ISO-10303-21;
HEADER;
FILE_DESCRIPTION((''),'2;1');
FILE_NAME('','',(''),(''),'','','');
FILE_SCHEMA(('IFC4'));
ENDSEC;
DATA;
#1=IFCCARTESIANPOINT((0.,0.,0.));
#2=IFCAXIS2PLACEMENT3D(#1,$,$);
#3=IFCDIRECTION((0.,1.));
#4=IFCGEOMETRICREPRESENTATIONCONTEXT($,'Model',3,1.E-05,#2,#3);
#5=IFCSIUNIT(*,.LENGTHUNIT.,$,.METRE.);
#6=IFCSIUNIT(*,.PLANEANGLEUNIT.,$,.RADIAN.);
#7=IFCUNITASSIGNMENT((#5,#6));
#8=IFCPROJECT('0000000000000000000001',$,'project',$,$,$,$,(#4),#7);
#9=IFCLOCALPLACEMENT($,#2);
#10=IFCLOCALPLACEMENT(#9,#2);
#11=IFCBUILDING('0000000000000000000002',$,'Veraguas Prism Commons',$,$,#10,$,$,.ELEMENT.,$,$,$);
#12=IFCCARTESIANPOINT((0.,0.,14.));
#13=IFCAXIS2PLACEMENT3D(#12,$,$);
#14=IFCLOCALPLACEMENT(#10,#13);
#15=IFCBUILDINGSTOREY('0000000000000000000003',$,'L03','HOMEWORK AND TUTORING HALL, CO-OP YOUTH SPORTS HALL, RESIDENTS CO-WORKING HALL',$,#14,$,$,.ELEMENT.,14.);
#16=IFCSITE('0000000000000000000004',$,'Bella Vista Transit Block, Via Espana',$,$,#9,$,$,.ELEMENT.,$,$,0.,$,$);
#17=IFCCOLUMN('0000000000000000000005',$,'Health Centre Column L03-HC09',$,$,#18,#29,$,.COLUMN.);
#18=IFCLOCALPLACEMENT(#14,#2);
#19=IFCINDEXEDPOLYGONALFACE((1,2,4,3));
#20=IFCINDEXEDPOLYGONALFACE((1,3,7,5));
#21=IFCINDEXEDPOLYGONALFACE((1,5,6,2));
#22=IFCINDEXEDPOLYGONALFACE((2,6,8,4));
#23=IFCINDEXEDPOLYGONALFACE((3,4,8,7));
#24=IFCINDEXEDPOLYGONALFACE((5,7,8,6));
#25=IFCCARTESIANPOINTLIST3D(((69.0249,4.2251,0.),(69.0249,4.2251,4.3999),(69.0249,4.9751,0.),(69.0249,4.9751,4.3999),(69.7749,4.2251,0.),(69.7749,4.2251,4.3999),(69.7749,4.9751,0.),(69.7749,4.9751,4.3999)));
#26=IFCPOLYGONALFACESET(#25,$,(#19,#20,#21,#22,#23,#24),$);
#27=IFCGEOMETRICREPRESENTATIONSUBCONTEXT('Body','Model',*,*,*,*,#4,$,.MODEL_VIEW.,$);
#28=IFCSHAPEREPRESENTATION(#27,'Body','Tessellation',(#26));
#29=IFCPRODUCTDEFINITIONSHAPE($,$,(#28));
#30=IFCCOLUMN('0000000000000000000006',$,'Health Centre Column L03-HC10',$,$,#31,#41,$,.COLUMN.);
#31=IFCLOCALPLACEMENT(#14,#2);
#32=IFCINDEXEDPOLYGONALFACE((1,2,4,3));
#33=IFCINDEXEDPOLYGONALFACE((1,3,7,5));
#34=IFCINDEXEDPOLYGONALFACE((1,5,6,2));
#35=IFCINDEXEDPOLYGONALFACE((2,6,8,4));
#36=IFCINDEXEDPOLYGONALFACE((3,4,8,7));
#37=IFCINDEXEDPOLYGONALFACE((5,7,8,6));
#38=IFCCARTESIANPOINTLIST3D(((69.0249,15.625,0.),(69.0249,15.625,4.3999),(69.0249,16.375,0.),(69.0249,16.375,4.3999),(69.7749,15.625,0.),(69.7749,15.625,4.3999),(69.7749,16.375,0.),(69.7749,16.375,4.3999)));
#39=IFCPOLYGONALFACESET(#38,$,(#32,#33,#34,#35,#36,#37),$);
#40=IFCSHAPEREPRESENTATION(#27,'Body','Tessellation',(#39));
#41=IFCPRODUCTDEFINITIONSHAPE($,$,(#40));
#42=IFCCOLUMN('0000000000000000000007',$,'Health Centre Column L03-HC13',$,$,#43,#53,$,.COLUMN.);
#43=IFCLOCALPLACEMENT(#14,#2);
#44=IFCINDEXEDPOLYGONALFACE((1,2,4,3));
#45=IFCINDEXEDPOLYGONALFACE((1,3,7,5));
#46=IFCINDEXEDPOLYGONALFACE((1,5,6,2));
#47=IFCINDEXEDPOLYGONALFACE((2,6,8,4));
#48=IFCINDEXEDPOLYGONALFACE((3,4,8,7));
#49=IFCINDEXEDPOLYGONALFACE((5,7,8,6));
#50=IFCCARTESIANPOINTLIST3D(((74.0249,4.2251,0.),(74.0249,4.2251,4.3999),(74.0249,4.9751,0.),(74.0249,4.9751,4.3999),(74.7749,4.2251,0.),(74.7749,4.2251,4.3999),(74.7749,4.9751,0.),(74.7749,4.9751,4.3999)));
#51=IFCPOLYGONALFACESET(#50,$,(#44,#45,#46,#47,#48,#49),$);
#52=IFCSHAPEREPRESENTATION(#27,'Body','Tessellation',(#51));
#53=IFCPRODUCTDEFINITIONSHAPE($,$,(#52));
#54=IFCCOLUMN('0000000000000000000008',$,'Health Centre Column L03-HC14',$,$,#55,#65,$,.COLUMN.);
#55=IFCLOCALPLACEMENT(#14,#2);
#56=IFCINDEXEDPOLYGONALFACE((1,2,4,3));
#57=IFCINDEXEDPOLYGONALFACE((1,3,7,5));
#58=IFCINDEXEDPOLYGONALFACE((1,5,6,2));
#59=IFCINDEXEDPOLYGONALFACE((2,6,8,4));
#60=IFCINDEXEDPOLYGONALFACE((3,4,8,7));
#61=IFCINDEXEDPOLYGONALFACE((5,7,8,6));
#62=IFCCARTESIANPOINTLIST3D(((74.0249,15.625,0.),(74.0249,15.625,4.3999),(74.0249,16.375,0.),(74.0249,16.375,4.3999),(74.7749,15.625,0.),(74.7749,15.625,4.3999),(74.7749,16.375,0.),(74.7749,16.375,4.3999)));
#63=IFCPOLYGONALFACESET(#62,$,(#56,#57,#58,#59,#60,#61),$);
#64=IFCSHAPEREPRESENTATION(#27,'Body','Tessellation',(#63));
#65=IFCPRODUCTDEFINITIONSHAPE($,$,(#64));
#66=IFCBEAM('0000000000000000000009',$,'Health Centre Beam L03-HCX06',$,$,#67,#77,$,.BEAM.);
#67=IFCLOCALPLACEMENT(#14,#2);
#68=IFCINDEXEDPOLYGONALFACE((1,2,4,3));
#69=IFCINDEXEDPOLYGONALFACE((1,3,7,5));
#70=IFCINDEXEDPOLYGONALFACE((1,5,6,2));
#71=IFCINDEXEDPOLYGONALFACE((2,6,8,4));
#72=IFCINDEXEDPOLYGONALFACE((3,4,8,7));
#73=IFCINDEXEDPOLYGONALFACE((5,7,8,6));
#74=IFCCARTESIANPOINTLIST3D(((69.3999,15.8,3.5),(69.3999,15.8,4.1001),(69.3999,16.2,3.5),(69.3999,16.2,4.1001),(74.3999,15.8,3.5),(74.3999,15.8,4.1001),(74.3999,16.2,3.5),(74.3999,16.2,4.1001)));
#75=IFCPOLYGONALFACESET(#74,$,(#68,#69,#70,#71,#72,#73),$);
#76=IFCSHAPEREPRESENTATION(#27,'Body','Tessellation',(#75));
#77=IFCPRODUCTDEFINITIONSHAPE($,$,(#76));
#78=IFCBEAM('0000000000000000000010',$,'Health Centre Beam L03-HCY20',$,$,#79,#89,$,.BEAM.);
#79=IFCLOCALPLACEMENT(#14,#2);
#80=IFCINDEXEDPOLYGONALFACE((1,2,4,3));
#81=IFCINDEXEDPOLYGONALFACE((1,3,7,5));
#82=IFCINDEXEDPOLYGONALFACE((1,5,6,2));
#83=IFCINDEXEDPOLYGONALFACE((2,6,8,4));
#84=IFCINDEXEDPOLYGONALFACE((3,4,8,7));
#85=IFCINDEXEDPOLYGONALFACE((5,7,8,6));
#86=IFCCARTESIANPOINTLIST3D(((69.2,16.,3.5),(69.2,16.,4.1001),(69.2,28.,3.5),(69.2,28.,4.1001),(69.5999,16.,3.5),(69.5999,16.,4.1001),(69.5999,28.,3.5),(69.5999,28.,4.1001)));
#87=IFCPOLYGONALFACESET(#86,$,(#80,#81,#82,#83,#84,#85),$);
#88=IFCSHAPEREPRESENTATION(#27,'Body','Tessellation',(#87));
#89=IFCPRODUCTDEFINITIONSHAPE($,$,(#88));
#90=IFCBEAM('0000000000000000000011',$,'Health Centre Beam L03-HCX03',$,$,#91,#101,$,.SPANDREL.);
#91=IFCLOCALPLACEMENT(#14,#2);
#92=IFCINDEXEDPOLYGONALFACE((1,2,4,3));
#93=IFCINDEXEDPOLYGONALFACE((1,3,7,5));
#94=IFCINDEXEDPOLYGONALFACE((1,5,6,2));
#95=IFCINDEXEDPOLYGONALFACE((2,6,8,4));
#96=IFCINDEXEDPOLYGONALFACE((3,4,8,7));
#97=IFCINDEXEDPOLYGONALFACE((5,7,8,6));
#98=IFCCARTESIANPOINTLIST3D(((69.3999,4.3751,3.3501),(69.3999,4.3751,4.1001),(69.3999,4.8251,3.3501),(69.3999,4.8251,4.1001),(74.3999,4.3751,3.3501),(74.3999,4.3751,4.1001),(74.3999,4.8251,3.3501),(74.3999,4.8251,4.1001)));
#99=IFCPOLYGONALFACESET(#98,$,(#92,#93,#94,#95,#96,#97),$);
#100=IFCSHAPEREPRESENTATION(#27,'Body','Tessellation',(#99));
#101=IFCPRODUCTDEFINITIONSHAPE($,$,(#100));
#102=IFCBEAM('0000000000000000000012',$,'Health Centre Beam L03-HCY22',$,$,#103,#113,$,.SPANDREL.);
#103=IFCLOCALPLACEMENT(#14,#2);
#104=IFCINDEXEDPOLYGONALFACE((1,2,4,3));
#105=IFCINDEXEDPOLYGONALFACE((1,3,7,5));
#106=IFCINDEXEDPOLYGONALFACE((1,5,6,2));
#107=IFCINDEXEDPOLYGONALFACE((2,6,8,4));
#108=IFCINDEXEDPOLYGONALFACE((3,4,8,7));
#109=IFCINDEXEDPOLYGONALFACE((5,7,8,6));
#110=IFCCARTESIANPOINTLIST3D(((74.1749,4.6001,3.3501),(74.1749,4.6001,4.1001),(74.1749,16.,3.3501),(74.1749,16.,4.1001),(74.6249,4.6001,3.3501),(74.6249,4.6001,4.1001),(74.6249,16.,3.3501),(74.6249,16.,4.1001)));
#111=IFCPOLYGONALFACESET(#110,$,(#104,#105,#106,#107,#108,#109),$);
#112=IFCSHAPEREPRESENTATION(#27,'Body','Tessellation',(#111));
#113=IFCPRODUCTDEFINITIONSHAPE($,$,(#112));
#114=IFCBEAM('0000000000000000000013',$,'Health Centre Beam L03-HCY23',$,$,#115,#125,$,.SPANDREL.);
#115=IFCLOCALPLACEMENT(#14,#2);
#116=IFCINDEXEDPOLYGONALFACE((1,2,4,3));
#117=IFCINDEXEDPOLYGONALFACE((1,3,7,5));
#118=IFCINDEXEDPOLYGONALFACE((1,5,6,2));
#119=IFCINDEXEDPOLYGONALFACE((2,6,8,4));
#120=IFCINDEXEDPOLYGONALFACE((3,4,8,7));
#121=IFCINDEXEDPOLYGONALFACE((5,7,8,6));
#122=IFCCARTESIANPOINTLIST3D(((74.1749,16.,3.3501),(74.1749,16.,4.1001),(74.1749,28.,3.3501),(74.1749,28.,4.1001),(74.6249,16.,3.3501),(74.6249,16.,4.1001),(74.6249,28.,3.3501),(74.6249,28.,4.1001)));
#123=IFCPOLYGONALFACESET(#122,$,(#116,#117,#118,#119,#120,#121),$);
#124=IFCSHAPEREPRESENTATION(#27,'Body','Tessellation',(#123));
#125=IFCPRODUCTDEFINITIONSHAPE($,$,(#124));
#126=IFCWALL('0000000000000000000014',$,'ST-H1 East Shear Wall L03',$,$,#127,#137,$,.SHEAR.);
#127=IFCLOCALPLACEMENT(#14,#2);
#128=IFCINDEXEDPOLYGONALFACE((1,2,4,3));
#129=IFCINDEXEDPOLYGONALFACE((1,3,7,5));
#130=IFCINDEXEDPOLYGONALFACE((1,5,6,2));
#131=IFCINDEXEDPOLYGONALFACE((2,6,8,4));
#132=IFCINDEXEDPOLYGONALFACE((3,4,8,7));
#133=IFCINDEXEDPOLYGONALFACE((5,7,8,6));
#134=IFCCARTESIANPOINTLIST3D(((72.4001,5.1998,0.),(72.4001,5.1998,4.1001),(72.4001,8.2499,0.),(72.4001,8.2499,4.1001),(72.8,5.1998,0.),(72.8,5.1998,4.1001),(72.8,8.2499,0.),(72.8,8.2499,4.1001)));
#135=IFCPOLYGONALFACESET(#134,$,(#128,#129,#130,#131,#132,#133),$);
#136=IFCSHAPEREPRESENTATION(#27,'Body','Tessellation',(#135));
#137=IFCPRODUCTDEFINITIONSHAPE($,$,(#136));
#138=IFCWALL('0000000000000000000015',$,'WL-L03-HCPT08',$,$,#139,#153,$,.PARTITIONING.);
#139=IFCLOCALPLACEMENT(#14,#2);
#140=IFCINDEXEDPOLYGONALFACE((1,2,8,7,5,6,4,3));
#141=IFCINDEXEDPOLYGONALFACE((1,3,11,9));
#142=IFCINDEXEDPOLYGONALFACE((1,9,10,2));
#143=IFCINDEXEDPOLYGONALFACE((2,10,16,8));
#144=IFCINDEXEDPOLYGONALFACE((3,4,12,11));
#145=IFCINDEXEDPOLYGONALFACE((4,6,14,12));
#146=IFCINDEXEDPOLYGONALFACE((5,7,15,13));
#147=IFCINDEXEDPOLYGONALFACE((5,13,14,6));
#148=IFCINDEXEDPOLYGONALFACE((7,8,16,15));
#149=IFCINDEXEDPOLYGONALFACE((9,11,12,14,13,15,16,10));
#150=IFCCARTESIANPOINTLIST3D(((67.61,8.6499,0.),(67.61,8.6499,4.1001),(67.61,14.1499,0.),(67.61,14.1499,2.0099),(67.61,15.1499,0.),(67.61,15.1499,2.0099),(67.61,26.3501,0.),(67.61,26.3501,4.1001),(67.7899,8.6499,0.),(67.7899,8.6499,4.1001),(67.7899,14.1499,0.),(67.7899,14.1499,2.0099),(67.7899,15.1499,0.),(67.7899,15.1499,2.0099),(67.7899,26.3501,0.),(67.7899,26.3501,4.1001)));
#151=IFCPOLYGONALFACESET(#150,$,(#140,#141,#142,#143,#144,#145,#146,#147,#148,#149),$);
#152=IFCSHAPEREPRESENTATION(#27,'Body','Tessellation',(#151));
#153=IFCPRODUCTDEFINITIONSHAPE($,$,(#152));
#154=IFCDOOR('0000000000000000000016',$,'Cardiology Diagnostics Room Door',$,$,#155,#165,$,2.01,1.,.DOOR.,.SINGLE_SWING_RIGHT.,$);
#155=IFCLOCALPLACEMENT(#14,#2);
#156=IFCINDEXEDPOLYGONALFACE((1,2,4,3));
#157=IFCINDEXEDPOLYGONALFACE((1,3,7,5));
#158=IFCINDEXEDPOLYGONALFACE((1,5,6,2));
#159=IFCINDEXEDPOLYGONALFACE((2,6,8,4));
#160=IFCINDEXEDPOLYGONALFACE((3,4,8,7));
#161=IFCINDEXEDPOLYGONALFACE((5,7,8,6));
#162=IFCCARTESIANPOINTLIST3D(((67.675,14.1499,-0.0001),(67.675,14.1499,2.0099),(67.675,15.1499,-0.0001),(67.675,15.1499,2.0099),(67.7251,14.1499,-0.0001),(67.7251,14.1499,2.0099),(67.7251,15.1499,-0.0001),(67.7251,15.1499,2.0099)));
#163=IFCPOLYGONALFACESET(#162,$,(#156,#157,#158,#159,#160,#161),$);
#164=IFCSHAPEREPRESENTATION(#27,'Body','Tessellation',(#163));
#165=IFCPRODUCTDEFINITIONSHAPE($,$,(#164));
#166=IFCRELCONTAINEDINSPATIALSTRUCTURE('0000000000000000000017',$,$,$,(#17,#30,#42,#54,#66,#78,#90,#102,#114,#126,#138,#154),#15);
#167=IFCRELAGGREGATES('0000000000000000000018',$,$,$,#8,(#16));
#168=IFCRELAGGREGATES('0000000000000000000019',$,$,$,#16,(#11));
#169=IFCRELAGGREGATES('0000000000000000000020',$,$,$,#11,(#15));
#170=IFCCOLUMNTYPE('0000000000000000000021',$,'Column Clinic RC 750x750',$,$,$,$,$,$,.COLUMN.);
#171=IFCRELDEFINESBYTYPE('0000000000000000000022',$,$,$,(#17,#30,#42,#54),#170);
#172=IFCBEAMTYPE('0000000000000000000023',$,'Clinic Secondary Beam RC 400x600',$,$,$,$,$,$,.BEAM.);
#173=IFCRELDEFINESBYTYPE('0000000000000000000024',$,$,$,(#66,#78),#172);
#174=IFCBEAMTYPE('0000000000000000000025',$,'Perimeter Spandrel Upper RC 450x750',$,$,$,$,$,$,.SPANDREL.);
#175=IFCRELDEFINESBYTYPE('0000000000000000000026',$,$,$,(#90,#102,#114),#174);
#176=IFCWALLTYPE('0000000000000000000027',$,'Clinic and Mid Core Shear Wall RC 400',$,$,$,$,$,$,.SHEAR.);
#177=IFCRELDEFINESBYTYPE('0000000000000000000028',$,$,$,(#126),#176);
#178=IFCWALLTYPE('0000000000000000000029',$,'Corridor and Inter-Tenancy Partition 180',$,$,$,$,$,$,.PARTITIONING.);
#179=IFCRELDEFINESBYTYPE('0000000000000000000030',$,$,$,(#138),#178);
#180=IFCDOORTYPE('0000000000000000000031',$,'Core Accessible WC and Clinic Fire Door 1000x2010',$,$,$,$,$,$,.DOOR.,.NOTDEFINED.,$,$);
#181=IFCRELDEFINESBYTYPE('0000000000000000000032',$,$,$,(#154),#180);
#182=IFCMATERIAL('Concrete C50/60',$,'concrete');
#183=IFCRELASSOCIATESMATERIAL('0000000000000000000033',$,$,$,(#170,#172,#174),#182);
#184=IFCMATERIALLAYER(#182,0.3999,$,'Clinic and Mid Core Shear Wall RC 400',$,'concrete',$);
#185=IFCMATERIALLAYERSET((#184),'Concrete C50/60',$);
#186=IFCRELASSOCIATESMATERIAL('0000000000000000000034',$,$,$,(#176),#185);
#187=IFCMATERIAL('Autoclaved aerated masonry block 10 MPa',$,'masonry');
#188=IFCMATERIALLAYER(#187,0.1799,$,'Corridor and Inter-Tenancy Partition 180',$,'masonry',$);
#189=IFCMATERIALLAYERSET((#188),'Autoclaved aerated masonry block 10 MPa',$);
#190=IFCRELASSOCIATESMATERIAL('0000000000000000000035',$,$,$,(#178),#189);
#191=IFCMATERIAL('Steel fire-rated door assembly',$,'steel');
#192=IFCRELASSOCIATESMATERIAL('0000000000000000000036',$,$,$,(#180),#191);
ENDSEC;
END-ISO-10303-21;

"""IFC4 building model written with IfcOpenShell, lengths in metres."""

from ifc_helpers import new_model, si_unit, direction, frame, frame_2d, origin, origin_2d, place, context, subcontext, project, spatial, rectangle, extrude, source, transform, mapped, material, layer, layer_set, material_profile, profile_set, type_object, element, fill, save


model = new_model("IFC4")

# Units and contexts
model_context = context("Model", 3, precision=1e-05, world=origin(), true_north=direction((0.0, 1.0)))
body_context = subcontext(model_context, "Body", "Model", "MODEL_VIEW")
ifc_project = project(units=[si_unit("LENGTHUNIT", "METRE"), si_unit("PLANEANGLEUNIT", "RADIAN")], contexts=[model_context])

# Site, building, storey
site_placement = place(None, origin())
site = spatial("IfcSite", under=ifc_project, at=site_placement, Name="Bella Vista Transit Block, Via Espana", CompositionType="ELEMENT", RefElevation=0.0)
building_placement = place(site_placement, origin())
building = spatial("IfcBuilding", under=site, at=building_placement, Name="Veraguas Prism Commons", CompositionType="ELEMENT")
storey_placement = place(building_placement, frame((0.0, 0.0, 14.0)))
storey = spatial("IfcBuildingStorey", under=building, at=storey_placement, Name="L03", Description="HOMEWORK AND TUTORING HALL, CO-OP YOUTH SPORTS HALL, RESIDENTS CO-WORKING HALL", CompositionType="ELEMENT", Elevation=14.0)

# Columns
ifc_material_1 = material(Name="Concrete C50/60", Category="concrete")
ifc_material_profile_1 = material_profile(ifc_material_1, rectangle(XDim=0.75, YDim=0.75, at=origin_2d()), Name="RC750X750")
ifc_profile_set_1 = profile_set([ifc_material_profile_1], Name="Concrete C50/60")
column_type = type_object("IfcColumnType", Name="Column Clinic RC 750x750", PredefinedType="COLUMN", material=ifc_profile_set_1)
for number, where, z_axis, x_axis, name in (
    (1, (69.3999, 4.6001, 0.0), (0.0, 0.0, 1.0), (1.0, 0.0, 0.0), "Health Centre Column L03-HC09"),
    (2, (69.3999, 16.0, 0.0), (0.0, 0.0, 1.0), (1.0, 0.0, 0.0), "Health Centre Column L03-HC10"),
    (3, (74.3999, 4.6001, 0.0), (0.0, 0.0, 1.0), (1.0, 0.0, 0.0), "Health Centre Column L03-HC13"),
    (4, (74.3999, 16.0, 0.0), (0.0, 0.0, 1.0), (1.0, 0.0, 0.0), "Health Centre Column L03-HC14"),
):
    element("IfcColumn", number, at=place(storey_placement, frame(where, z_axis=z_axis, x_axis=x_axis)), inside=storey, type_object=column_type, Name=name, PredefinedType="COLUMN", context=body_context, shape_type="SweptSolid", body=[
        extrude(rectangle(XDim=0.75, YDim=0.75, at=origin_2d()), origin(), (0.0, 0.0, 1.0), 4.3999),
    ])

# Beams
ifc_material_profile_2 = material_profile(ifc_material_1, rectangle(XDim=0.3999, YDim=0.6001, at=origin_2d()), Name="RC400X600")
ifc_profile_set_2 = profile_set([ifc_material_profile_2], Name="Concrete C50/60")
beam_type_1 = type_object("IfcBeamType", Name="Clinic Secondary Beam RC 400x600", PredefinedType="BEAM", material=ifc_profile_set_2)
beam_1_placement = place(storey_placement, frame((69.3999, 16.0, 3.8), z_axis=(1.0, 0.0, 0.0), x_axis=(0.0, 1.0, 0.0)))
element("IfcBeam", 5, at=beam_1_placement, inside=storey, type_object=beam_type_1, Name="Health Centre Beam L03-HCX06", PredefinedType="BEAM", context=body_context, shape_type="SweptSolid", body=[
    extrude(rectangle(XDim=0.3999, YDim=0.6001, at=origin_2d()), origin(), (0.0, 0.0, 1.0), 5.0),
])
beam_2_placement = place(storey_placement, frame((69.3999, 16.0, 3.8), z_axis=(0.0, 1.0, 0.0), x_axis=(-1.0, 0.0, 0.0)))
element("IfcBeam", 6, at=beam_2_placement, inside=storey, type_object=beam_type_1, Name="Health Centre Beam L03-HCY20", PredefinedType="BEAM", context=body_context, shape_type="SweptSolid", body=[
    extrude(rectangle(XDim=0.3999, YDim=0.6001, at=origin_2d()), origin(), (0.0, 0.0, 1.0), 12.0),
])
ifc_material_profile_3 = material_profile(ifc_material_1, rectangle(XDim=0.45, YDim=0.75, at=origin_2d()), Name="RC450X750")
ifc_profile_set_3 = profile_set([ifc_material_profile_3], Name="Concrete C50/60")
beam_type_2 = type_object("IfcBeamType", Name="Perimeter Spandrel Upper RC 450x750", PredefinedType="SPANDREL", material=ifc_profile_set_3)
beam_3_placement = place(storey_placement, frame((69.3999, 4.6001, 3.7251), z_axis=(1.0, 0.0, 0.0), x_axis=(0.0, 1.0, 0.0)))
element("IfcBeam", 7, at=beam_3_placement, inside=storey, type_object=beam_type_2, Name="Health Centre Beam L03-HCX03", PredefinedType="SPANDREL", context=body_context, shape_type="SweptSolid", body=[
    extrude(rectangle(XDim=0.45, YDim=0.75, at=origin_2d()), origin(), (0.0, 0.0, 1.0), 5.0),
])
beam_4_placement = place(storey_placement, frame((74.3999, 4.6001, 3.7251), z_axis=(0.0, 1.0, 0.0), x_axis=(-1.0, 0.0, 0.0)))
element("IfcBeam", 8, at=beam_4_placement, inside=storey, type_object=beam_type_2, Name="Health Centre Beam L03-HCY22", PredefinedType="SPANDREL", context=body_context, shape_type="SweptSolid", body=[
    extrude(rectangle(XDim=0.45, YDim=0.75, at=origin_2d()), origin(), (0.0, 0.0, 1.0), 11.3999),
])
beam_5_placement = place(storey_placement, frame((74.3999, 16.0, 3.7251), z_axis=(0.0, 1.0, 0.0), x_axis=(-1.0, 0.0, 0.0)))
element("IfcBeam", 9, at=beam_5_placement, inside=storey, type_object=beam_type_2, Name="Health Centre Beam L03-HCY23", PredefinedType="SPANDREL", context=body_context, shape_type="SweptSolid", body=[
    extrude(rectangle(XDim=0.45, YDim=0.75, at=origin_2d()), origin(), (0.0, 0.0, 1.0), 12.0),
])

# Wall
ifc_layer_1 = layer(ifc_material_1, 0.3999, Name="Clinic and Mid Core Shear Wall RC 400", Category="concrete")
ifc_layer_set_1 = layer_set([ifc_layer_1], Name="Concrete C50/60")
wall_type_1 = type_object("IfcWallType", Name="Clinic and Mid Core Shear Wall RC 400", PredefinedType="SHEAR", material=ifc_layer_set_1)
wall_1_placement = place(storey_placement, frame((72.6001, 5.2, 0.0), z_axis=(0.0, 0.0, 1.0), x_axis=(0.0, 1.0, 0.0)))
element("IfcWall", 10, at=wall_1_placement, inside=storey, type_object=wall_type_1, Name="ST-H1 East Shear Wall L03", PredefinedType="SHEAR", context=body_context, shape_type="SweptSolid", body=[
    extrude(rectangle(XDim=3.05, YDim=0.3999, at=frame_2d((1.5249, 0.0))), origin(), (0.0, 0.0, 1.0), 4.1001),
])

# Wall, opening, door
ifc_material_2 = material(Name="Autoclaved aerated masonry block 10 MPa", Category="masonry")
ifc_layer_2 = layer(ifc_material_2, 0.1799, Name="Corridor and Inter-Tenancy Partition 180", Category="masonry")
ifc_layer_set_2 = layer_set([ifc_layer_2], Name="Autoclaved aerated masonry block 10 MPa")
wall_type_2 = type_object("IfcWallType", Name="Corridor and Inter-Tenancy Partition 180", PredefinedType="PARTITIONING", material=ifc_layer_set_2)
wall_2_placement = place(storey_placement, frame((67.7, 8.6499, 0.0), z_axis=(0.0, 0.0, 1.0), x_axis=(0.0, 1.0, 0.0)))
wall_2 = element("IfcWall", 11, at=wall_2_placement, inside=storey, type_object=wall_type_2, Name="WL-L03-HCPT08", PredefinedType="PARTITIONING", context=body_context, shape_type="SweptSolid", body=[
    extrude(rectangle(XDim=17.7002, YDim=0.1799, at=frame_2d((8.8501, 0.0))), origin(), (0.0, 0.0, 1.0), 4.1001),
])
opening_1_placement = place(wall_2_placement, frame((5.5, 0.0, 0.0)))
opening_1 = element("IfcOpeningElement", 12, at=opening_1_placement, cuts=wall_2, PredefinedType="OPENING", context=body_context, shape_type="SweptSolid", body=[
    extrude(rectangle(XDim=1.0, YDim=2.01, at=frame_2d((0.5, 1.0049))), frame((0.0, 0.0999, 0.0), z_axis=(0.0, -1.0, 0.0), x_axis=(1.0, 0.0, 0.0)), (0.0, 0.0, 1.0), 0.2),
])
ifc_material_3 = material(Name="Steel fire-rated door assembly", Category="steel")
door_type_1 = type_object("IfcDoorType", Name="Core Accessible WC and Clinic Fire Door 1000x2010", OperationType="NOTDEFINED", PredefinedType="DOOR", material=ifc_material_3)
shared_shape_1 = source(origin(), body_context, "Body", "SweptSolid", [
    extrude(rectangle(XDim=1.0, YDim=2.01, at=frame_2d((0.5, 1.0049))), frame((0.0, 0.0249, 0.0), z_axis=(0.0, -1.0, 0.0), x_axis=(1.0, 0.0, 0.0)), (0.0, 0.0, 1.0), 0.05),
])
door_1_placement = place(opening_1_placement, origin())
door_1 = element("IfcDoor", 13, at=door_1_placement, inside=storey, type_object=door_type_1, Name="Cardiology Diagnostics Room Door", OperationType="SINGLE_SWING_RIGHT", OverallHeight=2.01, OverallWidth=1.0, PredefinedType="DOOR", context=body_context, shape_type="MappedRepresentation", body=[
    mapped(shared_shape_1, transform((0.0, 0.0, 0.0), scale=1.0)),
])
fill(opening_1, door_1)

save(model, "model.ifc")
